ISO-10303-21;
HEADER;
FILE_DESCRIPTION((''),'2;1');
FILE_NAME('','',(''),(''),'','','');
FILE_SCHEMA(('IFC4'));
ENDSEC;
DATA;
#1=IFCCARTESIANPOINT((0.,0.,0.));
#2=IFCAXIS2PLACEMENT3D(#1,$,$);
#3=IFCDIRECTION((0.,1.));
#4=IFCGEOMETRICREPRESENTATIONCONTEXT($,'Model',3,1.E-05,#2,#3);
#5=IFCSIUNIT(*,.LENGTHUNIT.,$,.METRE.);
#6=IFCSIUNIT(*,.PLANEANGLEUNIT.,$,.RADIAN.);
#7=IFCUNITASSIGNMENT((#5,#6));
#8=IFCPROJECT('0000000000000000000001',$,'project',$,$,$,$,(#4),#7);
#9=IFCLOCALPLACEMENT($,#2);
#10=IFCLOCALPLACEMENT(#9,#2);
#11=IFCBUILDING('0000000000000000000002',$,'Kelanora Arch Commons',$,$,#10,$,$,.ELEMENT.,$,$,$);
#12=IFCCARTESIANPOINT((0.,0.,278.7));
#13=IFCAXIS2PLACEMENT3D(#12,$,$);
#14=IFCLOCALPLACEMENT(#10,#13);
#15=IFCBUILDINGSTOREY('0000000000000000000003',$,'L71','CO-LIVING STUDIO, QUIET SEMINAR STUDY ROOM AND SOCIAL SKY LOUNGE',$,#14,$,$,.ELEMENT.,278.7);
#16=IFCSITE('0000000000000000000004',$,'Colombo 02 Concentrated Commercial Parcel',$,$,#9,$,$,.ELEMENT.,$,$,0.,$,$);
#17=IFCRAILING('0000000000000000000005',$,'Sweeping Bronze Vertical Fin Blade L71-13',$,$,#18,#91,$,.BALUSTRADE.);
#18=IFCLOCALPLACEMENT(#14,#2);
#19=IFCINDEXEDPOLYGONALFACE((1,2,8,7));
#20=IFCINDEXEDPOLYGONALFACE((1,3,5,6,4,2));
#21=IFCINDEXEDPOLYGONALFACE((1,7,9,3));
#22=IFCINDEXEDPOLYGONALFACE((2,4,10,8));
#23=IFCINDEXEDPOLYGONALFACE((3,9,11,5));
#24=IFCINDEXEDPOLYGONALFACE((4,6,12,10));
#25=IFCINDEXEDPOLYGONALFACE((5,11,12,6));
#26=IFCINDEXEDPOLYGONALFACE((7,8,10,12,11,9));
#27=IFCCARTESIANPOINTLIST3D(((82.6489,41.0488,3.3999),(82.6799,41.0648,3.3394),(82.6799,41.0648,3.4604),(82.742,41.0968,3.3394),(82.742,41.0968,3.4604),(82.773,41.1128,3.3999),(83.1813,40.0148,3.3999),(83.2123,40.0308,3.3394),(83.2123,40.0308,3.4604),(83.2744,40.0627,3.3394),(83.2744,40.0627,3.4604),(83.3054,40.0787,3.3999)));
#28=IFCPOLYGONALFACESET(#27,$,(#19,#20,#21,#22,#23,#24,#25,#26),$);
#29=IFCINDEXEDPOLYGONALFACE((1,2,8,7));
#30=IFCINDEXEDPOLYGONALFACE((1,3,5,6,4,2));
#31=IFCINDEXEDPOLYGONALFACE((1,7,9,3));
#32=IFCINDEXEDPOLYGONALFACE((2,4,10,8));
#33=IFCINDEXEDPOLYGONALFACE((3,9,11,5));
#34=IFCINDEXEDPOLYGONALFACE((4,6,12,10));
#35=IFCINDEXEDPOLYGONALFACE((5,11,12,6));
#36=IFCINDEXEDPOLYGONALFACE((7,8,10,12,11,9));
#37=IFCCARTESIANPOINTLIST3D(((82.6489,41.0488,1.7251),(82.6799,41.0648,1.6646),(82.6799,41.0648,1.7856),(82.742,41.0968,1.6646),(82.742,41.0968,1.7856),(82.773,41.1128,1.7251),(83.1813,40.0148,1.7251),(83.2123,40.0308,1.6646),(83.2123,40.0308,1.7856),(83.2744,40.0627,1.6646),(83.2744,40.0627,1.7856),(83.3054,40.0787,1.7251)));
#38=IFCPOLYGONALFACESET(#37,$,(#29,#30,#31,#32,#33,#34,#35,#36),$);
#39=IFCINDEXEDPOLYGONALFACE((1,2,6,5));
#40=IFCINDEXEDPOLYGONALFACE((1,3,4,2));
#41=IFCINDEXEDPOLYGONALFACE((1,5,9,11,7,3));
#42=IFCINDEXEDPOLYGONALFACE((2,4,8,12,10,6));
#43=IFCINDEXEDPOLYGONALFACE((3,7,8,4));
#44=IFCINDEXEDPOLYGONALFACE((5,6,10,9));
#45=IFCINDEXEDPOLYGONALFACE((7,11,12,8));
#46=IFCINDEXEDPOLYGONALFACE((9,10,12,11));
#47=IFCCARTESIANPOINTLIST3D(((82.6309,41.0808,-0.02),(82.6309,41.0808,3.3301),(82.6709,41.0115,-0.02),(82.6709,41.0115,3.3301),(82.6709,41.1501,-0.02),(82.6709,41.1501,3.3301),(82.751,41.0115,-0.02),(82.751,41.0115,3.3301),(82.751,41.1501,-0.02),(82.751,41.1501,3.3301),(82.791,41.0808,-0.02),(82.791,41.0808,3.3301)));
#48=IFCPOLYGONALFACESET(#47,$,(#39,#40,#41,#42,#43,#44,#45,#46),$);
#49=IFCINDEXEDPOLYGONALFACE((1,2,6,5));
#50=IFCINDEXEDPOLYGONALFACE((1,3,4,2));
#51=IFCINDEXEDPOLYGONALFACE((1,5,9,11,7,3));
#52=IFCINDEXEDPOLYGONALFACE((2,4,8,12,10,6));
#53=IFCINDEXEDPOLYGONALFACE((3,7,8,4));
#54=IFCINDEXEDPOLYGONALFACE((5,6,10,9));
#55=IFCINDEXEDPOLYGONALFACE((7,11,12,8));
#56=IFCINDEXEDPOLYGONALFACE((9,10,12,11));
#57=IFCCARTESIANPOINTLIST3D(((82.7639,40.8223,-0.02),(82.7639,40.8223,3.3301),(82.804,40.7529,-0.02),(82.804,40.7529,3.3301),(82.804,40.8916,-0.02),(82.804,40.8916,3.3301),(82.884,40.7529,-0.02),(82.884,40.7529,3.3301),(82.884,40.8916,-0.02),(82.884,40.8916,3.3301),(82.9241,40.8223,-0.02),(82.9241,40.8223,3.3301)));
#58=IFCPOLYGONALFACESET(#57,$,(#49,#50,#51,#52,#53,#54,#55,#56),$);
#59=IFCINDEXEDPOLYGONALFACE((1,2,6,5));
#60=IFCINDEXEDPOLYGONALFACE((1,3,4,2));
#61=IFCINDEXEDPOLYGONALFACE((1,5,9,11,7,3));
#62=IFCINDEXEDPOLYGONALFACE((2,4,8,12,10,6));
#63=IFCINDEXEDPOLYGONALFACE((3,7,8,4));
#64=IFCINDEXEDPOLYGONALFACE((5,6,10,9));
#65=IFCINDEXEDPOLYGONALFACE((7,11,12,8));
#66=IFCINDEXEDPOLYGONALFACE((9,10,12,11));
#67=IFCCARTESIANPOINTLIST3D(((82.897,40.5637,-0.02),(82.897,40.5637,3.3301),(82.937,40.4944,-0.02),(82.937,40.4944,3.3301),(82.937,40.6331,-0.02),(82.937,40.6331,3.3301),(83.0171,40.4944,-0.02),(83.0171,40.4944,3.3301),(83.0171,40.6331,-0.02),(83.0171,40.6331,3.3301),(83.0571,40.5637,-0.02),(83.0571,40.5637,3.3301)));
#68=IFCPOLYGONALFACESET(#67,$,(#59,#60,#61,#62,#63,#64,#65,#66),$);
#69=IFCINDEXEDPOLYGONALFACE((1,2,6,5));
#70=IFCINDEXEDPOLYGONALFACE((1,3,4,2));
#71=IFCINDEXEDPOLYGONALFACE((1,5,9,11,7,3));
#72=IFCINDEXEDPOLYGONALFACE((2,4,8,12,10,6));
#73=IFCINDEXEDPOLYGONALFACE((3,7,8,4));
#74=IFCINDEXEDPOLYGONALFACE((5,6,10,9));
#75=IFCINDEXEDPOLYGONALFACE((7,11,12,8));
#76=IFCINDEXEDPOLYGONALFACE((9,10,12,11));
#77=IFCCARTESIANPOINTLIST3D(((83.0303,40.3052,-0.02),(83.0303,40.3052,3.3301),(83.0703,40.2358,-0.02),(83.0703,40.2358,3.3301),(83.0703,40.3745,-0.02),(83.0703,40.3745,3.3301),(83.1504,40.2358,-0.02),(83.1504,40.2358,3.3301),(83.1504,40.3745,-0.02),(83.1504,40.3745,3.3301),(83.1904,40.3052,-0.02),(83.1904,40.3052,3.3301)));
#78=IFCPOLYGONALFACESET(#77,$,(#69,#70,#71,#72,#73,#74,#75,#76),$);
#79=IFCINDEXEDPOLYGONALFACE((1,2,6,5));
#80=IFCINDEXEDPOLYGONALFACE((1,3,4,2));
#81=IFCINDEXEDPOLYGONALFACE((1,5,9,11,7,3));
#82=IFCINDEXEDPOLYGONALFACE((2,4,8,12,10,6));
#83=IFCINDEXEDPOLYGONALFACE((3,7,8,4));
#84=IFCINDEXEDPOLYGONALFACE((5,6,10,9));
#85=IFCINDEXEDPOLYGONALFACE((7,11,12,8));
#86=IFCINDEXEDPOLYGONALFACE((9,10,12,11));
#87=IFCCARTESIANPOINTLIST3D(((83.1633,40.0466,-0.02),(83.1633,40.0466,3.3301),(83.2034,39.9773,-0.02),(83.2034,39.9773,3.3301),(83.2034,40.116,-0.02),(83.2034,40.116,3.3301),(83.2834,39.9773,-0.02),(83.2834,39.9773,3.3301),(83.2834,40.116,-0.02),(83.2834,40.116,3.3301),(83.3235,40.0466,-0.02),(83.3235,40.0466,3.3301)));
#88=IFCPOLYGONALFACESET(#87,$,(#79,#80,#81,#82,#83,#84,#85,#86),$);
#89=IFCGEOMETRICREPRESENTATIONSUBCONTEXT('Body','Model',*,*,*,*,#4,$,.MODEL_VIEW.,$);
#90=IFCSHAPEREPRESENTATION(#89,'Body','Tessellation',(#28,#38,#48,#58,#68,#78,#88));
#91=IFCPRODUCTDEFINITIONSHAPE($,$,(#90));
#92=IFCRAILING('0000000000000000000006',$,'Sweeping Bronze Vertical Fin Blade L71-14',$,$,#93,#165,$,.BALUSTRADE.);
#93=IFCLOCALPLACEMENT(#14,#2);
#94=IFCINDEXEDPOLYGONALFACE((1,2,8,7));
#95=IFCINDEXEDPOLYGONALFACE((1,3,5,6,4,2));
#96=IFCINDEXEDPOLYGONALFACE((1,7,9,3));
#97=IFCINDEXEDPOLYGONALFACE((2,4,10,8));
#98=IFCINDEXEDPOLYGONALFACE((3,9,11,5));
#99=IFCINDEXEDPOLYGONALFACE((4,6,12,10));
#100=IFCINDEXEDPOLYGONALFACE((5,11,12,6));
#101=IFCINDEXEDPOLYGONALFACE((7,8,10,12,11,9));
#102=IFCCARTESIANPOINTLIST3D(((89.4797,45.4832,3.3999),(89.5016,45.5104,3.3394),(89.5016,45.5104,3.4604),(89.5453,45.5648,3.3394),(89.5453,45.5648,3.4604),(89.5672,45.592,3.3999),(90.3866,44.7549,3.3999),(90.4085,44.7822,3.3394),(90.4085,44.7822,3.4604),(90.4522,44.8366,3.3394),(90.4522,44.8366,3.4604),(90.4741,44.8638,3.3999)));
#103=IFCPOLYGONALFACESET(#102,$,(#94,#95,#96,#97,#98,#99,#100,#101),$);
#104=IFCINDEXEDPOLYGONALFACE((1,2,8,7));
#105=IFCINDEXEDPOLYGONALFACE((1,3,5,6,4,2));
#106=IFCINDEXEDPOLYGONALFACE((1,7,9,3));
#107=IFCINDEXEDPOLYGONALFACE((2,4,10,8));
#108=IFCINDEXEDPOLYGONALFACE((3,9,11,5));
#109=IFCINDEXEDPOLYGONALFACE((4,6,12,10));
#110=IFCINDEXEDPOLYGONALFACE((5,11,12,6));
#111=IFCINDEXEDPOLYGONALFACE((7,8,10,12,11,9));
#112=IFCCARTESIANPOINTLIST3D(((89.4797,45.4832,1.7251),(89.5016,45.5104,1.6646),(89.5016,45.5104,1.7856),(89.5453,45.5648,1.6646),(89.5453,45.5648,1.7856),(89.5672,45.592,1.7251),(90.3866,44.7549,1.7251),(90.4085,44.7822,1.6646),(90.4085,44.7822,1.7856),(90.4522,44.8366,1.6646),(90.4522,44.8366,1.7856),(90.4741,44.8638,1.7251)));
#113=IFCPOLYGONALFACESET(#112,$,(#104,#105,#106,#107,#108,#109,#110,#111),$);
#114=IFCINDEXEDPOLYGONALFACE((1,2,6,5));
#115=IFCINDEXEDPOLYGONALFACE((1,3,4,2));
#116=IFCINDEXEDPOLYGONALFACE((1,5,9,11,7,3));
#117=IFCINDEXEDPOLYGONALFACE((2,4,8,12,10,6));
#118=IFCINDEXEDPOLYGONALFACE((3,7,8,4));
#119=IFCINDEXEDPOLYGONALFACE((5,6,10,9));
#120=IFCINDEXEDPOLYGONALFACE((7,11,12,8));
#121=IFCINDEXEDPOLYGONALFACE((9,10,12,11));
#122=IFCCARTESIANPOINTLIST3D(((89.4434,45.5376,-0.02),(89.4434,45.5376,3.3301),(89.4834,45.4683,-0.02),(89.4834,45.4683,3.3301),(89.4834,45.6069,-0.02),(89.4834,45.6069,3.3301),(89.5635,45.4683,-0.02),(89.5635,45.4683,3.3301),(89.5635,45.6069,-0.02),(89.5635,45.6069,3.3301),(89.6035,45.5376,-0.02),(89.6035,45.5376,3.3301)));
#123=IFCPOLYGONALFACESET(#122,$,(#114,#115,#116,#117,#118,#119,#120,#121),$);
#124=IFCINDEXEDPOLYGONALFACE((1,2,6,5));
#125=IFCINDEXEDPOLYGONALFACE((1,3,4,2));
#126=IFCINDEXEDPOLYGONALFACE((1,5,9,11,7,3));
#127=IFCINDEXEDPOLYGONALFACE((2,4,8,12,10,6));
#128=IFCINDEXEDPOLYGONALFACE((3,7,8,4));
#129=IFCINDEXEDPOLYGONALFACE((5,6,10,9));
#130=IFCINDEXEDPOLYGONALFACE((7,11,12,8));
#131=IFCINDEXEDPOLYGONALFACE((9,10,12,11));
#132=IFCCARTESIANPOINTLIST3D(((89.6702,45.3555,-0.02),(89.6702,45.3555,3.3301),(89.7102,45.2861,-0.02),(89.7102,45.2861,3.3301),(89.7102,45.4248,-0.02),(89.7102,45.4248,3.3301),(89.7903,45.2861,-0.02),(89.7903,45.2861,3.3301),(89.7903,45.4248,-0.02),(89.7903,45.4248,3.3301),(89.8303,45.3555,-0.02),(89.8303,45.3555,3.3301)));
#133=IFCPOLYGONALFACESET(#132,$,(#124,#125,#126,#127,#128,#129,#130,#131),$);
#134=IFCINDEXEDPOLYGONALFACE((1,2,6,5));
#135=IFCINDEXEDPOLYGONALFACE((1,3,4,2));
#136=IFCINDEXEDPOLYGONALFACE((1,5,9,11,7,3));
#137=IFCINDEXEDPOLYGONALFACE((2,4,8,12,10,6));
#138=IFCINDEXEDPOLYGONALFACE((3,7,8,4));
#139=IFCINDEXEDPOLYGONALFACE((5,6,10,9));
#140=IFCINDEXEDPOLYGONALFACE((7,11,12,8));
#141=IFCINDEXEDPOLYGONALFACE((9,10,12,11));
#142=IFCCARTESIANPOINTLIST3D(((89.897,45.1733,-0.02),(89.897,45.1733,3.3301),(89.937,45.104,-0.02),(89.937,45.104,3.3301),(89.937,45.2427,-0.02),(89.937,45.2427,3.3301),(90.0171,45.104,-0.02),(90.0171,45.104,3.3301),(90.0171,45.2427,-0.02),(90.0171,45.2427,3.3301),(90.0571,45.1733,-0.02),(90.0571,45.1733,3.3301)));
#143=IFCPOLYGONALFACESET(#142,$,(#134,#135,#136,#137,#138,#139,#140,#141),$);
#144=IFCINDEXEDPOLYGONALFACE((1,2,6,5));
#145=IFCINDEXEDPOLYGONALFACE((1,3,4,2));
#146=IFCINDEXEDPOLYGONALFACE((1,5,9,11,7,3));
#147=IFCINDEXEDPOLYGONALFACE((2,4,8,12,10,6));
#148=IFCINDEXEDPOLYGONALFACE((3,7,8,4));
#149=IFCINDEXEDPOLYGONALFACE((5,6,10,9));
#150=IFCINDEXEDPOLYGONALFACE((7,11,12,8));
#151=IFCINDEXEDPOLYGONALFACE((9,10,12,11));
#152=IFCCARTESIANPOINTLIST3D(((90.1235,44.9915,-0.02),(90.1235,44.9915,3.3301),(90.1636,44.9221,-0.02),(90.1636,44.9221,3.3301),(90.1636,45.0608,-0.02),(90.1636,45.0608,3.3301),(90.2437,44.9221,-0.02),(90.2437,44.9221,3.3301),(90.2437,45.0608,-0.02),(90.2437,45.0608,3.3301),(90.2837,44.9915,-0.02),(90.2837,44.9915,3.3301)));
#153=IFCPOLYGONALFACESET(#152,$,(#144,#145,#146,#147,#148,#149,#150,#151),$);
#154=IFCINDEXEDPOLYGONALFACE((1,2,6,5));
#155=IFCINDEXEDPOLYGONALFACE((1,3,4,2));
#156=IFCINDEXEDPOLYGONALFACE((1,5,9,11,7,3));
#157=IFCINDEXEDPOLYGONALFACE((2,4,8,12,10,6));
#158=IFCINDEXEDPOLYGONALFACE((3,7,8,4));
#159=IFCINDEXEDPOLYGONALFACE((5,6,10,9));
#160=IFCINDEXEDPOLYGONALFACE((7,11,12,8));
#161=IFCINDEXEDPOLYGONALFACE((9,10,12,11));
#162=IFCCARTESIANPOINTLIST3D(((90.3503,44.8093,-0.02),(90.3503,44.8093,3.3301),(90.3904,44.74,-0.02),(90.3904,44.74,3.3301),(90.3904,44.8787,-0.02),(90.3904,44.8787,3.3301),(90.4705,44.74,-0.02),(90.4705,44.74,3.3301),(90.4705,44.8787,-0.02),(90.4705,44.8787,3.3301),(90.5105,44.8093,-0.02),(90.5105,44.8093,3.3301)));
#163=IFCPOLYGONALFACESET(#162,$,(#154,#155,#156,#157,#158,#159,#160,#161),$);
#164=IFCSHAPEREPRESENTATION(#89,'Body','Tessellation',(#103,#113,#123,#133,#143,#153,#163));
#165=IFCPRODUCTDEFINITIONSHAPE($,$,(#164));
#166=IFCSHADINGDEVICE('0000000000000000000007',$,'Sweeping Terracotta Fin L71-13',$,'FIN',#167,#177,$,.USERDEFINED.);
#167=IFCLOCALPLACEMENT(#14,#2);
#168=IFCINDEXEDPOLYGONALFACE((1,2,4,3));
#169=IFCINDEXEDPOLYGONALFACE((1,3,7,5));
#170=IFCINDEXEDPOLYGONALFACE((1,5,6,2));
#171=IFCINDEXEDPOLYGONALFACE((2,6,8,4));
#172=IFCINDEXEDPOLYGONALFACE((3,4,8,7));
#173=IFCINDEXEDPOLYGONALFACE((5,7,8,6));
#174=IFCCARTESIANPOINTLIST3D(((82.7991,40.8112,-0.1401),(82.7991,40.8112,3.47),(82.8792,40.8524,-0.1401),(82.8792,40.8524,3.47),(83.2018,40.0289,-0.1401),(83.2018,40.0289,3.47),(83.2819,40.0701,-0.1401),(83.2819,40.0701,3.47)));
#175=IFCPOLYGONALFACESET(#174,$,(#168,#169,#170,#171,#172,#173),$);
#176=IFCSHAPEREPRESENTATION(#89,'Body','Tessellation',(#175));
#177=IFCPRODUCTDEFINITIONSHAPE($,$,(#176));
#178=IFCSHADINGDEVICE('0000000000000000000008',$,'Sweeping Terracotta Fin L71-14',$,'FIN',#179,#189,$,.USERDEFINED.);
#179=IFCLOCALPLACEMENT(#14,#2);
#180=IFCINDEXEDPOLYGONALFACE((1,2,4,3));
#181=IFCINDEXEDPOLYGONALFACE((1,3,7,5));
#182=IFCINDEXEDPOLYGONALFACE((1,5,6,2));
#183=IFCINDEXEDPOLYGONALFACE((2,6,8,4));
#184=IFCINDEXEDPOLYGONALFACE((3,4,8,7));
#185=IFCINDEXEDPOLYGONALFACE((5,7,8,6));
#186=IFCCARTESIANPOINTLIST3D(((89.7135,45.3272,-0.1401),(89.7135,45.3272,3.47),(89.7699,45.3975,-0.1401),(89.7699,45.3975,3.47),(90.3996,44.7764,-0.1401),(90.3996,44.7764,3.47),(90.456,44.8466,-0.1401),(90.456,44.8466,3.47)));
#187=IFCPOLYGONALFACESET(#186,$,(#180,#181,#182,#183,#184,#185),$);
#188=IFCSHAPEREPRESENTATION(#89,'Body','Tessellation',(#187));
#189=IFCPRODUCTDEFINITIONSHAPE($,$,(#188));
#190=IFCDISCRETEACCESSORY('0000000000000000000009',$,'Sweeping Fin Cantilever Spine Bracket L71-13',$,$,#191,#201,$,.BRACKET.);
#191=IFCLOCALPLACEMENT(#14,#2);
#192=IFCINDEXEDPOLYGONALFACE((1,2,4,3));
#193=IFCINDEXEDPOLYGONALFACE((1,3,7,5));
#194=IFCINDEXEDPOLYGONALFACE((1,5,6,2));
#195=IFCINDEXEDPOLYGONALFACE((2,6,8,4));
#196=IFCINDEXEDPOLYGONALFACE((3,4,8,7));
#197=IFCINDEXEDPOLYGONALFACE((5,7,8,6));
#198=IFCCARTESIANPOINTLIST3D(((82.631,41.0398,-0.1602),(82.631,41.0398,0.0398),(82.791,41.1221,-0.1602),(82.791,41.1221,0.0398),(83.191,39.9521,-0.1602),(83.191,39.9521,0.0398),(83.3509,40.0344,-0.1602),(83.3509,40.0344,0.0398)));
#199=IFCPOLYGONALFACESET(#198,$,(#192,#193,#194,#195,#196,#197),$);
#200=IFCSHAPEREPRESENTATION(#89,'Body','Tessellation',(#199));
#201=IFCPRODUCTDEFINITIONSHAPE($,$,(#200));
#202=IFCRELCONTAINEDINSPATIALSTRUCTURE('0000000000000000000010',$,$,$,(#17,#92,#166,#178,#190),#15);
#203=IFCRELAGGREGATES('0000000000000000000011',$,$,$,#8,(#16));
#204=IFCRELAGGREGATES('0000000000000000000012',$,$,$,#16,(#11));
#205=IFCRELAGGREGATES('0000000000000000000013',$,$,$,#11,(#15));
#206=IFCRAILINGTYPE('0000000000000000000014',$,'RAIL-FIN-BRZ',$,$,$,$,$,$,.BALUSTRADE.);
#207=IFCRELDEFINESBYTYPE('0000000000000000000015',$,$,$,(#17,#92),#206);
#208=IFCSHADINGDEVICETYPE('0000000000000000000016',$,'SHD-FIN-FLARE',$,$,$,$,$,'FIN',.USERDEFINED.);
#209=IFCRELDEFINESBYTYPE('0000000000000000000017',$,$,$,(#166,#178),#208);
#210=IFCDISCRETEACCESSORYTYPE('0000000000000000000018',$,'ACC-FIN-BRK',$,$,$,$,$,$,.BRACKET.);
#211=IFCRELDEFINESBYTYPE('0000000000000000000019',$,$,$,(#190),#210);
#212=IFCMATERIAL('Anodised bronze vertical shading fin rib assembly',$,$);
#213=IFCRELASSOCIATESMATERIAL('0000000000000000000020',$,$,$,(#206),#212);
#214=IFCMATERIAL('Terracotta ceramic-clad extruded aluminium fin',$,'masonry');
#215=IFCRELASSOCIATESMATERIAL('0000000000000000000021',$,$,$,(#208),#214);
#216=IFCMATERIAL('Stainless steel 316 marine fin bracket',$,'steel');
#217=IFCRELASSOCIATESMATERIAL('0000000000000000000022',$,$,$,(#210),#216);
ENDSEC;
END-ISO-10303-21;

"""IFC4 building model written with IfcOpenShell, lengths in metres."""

from ifc_helpers import new_model, si_unit, direction, frame, origin, origin_2d, place, context, subcontext, project, spatial, polyline, rectangle, outline, extrude, source, transform, mapped, material, type_object, element, save


model = new_model("IFC4")

# Units and contexts
model_context = context("Model", 3, precision=1e-05, world=origin(), true_north=direction((0.0, 1.0)))
body_context = subcontext(model_context, "Body", "Model", "MODEL_VIEW")
ifc_project = project(units=[si_unit("LENGTHUNIT", "METRE"), si_unit("PLANEANGLEUNIT", "RADIAN")], contexts=[model_context])

# Site, building, storey
site_placement = place(None, origin())
site = spatial("IfcSite", under=ifc_project, at=site_placement, Name="Colombo 02 Concentrated Commercial Parcel", CompositionType="ELEMENT", RefElevation=0.0)
building_placement = place(site_placement, origin())
building = spatial("IfcBuilding", under=site, at=building_placement, Name="Kelanora Arch Commons", CompositionType="ELEMENT")
storey_placement = place(building_placement, frame((0.0, 0.0, 278.7)))
storey = spatial("IfcBuildingStorey", under=building, at=storey_placement, Name="L71", Description="CO-LIVING STUDIO, QUIET SEMINAR STUDY ROOM AND SOCIAL SKY LOUNGE", CompositionType="ELEMENT", Elevation=278.7)

# Railings
ifc_material_1 = material(Name="Anodised bronze vertical shading fin rib assembly")
railing_type = type_object("IfcRailingType", Name="RAIL-FIN-BRZ", PredefinedType="BALUSTRADE", material=ifc_material_1)
railing_1_placement = place(storey_placement, frame((82.7109, 41.0808, -0.02)))
element("IfcRailing", 1, at=railing_1_placement, inside=storey, type_object=railing_type, Name="Sweeping Bronze Vertical Fin Blade L71-13", PredefinedType="BALUSTRADE", context=body_context, shape_type="SweptSolid", body=[
    extrude(outline(polyline([(0.0698, 0.0), (0.0349, 0.0605), (-0.0349, 0.0605), (-0.0698, 0.0), (-0.0349, -0.0605), (0.0349, -0.0605), (0.0698, 0.0)])), frame((0.0, 0.0, 3.4199), z_axis=(0.457761, -0.889076, 0.0), x_axis=(0.889076, 0.457761, 0.0)), (0.0, 0.0, 1.0), 1.1631),
    extrude(outline(polyline([(0.0698, 0.0), (0.0349, 0.0605), (-0.0349, 0.0605), (-0.0698, 0.0), (-0.0349, -0.0605), (0.0349, -0.0605), (0.0698, 0.0)])), frame((0.0, 0.0, 1.7451), z_axis=(0.457761, -0.889076, 0.0), x_axis=(0.889076, 0.457761, 0.0)), (0.0, 0.0, 1.0), 1.1631),
    extrude(outline(polyline([(0.0801, 0.0), (0.04, 0.0693), (-0.04, 0.0693), (-0.0801, 0.0), (-0.04, -0.0693), (0.04, -0.0693), (0.0801, 0.0)])), origin(), (0.0, 0.0, 1.0), 3.3501),
    extrude(outline(polyline([(0.0801, 0.0), (0.04, 0.0693), (-0.04, 0.0693), (-0.0801, 0.0), (-0.04, -0.0693), (0.04, -0.0693), (0.0801, 0.0)])), frame((0.1331, -0.2585, 0.0)), (0.0, 0.0, 1.0), 3.3501),
    extrude(outline(polyline([(0.0801, 0.0), (0.04, 0.0693), (-0.04, 0.0693), (-0.0801, 0.0), (-0.04, -0.0693), (0.04, -0.0693), (0.0801, 0.0)])), frame((0.2661, -0.5171, 0.0)), (0.0, 0.0, 1.0), 3.3501),
    extrude(outline(polyline([(0.0801, 0.0), (0.04, 0.0693), (-0.04, 0.0693), (-0.0801, 0.0), (-0.04, -0.0693), (0.04, -0.0693), (0.0801, 0.0)])), frame((0.3994, -0.7756, 0.0)), (0.0, 0.0, 1.0), 3.3501),
    extrude(outline(polyline([(0.0801, 0.0), (0.04, 0.0693), (-0.04, 0.0693), (-0.0801, 0.0), (-0.04, -0.0693), (0.04, -0.0693), (0.0801, 0.0)])), frame((0.5325, -1.0342, 0.0)), (0.0, 0.0, 1.0), 3.3501),
])
railing_2_placement = place(storey_placement, frame((89.5234, 45.5376, -0.02)))
element("IfcRailing", 2, at=railing_2_placement, inside=storey, type_object=railing_type, Name="Sweeping Bronze Vertical Fin Blade L71-14", PredefinedType="BALUSTRADE", context=body_context, shape_type="SweptSolid", body=[
    extrude(outline(polyline([(0.0698, 0.0), (0.0349, 0.0605), (-0.0349, 0.0605), (-0.0698, 0.0), (-0.0349, -0.0605), (0.0349, -0.0605), (0.0698, 0.0)])), frame((0.0, 0.0, 3.4199), z_axis=(0.779741, -0.626102, 0.0), x_axis=(0.626102, 0.779741, 0.0)), (0.0, 0.0, 1.0), 1.1631),
    extrude(outline(polyline([(0.0698, 0.0), (0.0349, 0.0605), (-0.0349, 0.0605), (-0.0698, 0.0), (-0.0349, -0.0605), (0.0349, -0.0605), (0.0698, 0.0)])), frame((0.0, 0.0, 1.7451), z_axis=(0.779741, -0.626102, 0.0), x_axis=(0.626102, 0.779741, 0.0)), (0.0, 0.0, 1.0), 1.1631),
    extrude(outline(polyline([(0.0801, 0.0), (0.04, 0.0693), (-0.04, 0.0693), (-0.0801, 0.0), (-0.04, -0.0693), (0.04, -0.0693), (0.0801, 0.0)])), origin(), (0.0, 0.0, 1.0), 3.3501),
    extrude(outline(polyline([(0.0801, 0.0), (0.04, 0.0693), (-0.04, 0.0693), (-0.0801, 0.0), (-0.04, -0.0693), (0.04, -0.0693), (0.0801, 0.0)])), frame((0.2268, -0.1821, 0.0)), (0.0, 0.0, 1.0), 3.3501),
    extrude(outline(polyline([(0.0801, 0.0), (0.04, 0.0693), (-0.04, 0.0693), (-0.0801, 0.0), (-0.04, -0.0693), (0.04, -0.0693), (0.0801, 0.0)])), frame((0.4536, -0.3643, 0.0)), (0.0, 0.0, 1.0), 3.3501),
    extrude(outline(polyline([(0.0801, 0.0), (0.04, 0.0693), (-0.04, 0.0693), (-0.0801, 0.0), (-0.04, -0.0693), (0.04, -0.0693), (0.0801, 0.0)])), frame((0.6802, -0.5461, 0.0)), (0.0, 0.0, 1.0), 3.3501),
    extrude(outline(polyline([(0.0801, 0.0), (0.04, 0.0693), (-0.04, 0.0693), (-0.0801, 0.0), (-0.04, -0.0693), (0.04, -0.0693), (0.0801, 0.0)])), frame((0.907, -0.7283, 0.0)), (0.0, 0.0, 1.0), 3.3501),
])

# Shading devices
ifc_material_2 = material(Name="Terracotta ceramic-clad extruded aluminium fin", Category="masonry")
shading_device_type = type_object("IfcShadingDeviceType", Name="SHD-FIN-FLARE", ElementType="FIN", PredefinedType="USERDEFINED", material=ifc_material_2)
shared_shape_1 = source(origin(), body_context, "Body", "SweptSolid", [
    extrude(rectangle(XDim=0.8799, YDim=0.0901, at=origin_2d()), origin(), (0.0, 0.0, 1.0), 3.6101),
])
for number, where, z_axis, x_axis, name in (
    (3, (83.0405, 40.4407, -0.1401), (0.0, 0.0, 1.0), (0.457719, -0.889097, 0.0), "Sweeping Terracotta Fin L71-13"),
    (4, (90.0847, 45.0869, -0.1401), (0.0, 0.0, 1.0), (0.779775, -0.62606, 0.0), "Sweeping Terracotta Fin L71-14"),
):
    element("IfcShadingDevice", number, at=place(storey_placement, frame(where, z_axis=z_axis, x_axis=x_axis)), inside=storey, type_object=shading_device_type, Name=name, ObjectType="FIN", PredefinedType="USERDEFINED", context=body_context, shape_type="MappedRepresentation", body=[
        mapped(shared_shape_1, transform((0.0, 0.0, 0.0), scale=1.0)),
    ])

# Discrete accessory
ifc_material_3 = material(Name="Stainless steel 316 marine fin bracket", Category="steel")
discrete_accessory_type = type_object("IfcDiscreteAccessoryType", Name="ACC-FIN-BRK", PredefinedType="BRACKET", material=ifc_material_3)
shared_shape_2 = source(origin(), body_context, "Body", "SweptSolid", [
    extrude(rectangle(XDim=1.2234, YDim=0.1799, at=origin_2d()), origin(), (0.0, 0.0, 1.0), 0.2),
])
for number, where, z_axis, x_axis, name in (
    (5, (82.991, 40.5371, -0.1602), (0.0, 0.0, 1.0), (0.457719, -0.889097, 0.0), "Sweeping Fin Cantilever Spine Bracket L71-13"),
):
    element("IfcDiscreteAccessory", number, at=place(storey_placement, frame(where, z_axis=z_axis, x_axis=x_axis)), inside=storey, type_object=discrete_accessory_type, Name=name, PredefinedType="BRACKET", context=body_context, shape_type="MappedRepresentation", body=[
        mapped(shared_shape_2, transform((0.0, 0.0, 0.0), scale=1.0)),
    ])

save(model, "model.ifc")
